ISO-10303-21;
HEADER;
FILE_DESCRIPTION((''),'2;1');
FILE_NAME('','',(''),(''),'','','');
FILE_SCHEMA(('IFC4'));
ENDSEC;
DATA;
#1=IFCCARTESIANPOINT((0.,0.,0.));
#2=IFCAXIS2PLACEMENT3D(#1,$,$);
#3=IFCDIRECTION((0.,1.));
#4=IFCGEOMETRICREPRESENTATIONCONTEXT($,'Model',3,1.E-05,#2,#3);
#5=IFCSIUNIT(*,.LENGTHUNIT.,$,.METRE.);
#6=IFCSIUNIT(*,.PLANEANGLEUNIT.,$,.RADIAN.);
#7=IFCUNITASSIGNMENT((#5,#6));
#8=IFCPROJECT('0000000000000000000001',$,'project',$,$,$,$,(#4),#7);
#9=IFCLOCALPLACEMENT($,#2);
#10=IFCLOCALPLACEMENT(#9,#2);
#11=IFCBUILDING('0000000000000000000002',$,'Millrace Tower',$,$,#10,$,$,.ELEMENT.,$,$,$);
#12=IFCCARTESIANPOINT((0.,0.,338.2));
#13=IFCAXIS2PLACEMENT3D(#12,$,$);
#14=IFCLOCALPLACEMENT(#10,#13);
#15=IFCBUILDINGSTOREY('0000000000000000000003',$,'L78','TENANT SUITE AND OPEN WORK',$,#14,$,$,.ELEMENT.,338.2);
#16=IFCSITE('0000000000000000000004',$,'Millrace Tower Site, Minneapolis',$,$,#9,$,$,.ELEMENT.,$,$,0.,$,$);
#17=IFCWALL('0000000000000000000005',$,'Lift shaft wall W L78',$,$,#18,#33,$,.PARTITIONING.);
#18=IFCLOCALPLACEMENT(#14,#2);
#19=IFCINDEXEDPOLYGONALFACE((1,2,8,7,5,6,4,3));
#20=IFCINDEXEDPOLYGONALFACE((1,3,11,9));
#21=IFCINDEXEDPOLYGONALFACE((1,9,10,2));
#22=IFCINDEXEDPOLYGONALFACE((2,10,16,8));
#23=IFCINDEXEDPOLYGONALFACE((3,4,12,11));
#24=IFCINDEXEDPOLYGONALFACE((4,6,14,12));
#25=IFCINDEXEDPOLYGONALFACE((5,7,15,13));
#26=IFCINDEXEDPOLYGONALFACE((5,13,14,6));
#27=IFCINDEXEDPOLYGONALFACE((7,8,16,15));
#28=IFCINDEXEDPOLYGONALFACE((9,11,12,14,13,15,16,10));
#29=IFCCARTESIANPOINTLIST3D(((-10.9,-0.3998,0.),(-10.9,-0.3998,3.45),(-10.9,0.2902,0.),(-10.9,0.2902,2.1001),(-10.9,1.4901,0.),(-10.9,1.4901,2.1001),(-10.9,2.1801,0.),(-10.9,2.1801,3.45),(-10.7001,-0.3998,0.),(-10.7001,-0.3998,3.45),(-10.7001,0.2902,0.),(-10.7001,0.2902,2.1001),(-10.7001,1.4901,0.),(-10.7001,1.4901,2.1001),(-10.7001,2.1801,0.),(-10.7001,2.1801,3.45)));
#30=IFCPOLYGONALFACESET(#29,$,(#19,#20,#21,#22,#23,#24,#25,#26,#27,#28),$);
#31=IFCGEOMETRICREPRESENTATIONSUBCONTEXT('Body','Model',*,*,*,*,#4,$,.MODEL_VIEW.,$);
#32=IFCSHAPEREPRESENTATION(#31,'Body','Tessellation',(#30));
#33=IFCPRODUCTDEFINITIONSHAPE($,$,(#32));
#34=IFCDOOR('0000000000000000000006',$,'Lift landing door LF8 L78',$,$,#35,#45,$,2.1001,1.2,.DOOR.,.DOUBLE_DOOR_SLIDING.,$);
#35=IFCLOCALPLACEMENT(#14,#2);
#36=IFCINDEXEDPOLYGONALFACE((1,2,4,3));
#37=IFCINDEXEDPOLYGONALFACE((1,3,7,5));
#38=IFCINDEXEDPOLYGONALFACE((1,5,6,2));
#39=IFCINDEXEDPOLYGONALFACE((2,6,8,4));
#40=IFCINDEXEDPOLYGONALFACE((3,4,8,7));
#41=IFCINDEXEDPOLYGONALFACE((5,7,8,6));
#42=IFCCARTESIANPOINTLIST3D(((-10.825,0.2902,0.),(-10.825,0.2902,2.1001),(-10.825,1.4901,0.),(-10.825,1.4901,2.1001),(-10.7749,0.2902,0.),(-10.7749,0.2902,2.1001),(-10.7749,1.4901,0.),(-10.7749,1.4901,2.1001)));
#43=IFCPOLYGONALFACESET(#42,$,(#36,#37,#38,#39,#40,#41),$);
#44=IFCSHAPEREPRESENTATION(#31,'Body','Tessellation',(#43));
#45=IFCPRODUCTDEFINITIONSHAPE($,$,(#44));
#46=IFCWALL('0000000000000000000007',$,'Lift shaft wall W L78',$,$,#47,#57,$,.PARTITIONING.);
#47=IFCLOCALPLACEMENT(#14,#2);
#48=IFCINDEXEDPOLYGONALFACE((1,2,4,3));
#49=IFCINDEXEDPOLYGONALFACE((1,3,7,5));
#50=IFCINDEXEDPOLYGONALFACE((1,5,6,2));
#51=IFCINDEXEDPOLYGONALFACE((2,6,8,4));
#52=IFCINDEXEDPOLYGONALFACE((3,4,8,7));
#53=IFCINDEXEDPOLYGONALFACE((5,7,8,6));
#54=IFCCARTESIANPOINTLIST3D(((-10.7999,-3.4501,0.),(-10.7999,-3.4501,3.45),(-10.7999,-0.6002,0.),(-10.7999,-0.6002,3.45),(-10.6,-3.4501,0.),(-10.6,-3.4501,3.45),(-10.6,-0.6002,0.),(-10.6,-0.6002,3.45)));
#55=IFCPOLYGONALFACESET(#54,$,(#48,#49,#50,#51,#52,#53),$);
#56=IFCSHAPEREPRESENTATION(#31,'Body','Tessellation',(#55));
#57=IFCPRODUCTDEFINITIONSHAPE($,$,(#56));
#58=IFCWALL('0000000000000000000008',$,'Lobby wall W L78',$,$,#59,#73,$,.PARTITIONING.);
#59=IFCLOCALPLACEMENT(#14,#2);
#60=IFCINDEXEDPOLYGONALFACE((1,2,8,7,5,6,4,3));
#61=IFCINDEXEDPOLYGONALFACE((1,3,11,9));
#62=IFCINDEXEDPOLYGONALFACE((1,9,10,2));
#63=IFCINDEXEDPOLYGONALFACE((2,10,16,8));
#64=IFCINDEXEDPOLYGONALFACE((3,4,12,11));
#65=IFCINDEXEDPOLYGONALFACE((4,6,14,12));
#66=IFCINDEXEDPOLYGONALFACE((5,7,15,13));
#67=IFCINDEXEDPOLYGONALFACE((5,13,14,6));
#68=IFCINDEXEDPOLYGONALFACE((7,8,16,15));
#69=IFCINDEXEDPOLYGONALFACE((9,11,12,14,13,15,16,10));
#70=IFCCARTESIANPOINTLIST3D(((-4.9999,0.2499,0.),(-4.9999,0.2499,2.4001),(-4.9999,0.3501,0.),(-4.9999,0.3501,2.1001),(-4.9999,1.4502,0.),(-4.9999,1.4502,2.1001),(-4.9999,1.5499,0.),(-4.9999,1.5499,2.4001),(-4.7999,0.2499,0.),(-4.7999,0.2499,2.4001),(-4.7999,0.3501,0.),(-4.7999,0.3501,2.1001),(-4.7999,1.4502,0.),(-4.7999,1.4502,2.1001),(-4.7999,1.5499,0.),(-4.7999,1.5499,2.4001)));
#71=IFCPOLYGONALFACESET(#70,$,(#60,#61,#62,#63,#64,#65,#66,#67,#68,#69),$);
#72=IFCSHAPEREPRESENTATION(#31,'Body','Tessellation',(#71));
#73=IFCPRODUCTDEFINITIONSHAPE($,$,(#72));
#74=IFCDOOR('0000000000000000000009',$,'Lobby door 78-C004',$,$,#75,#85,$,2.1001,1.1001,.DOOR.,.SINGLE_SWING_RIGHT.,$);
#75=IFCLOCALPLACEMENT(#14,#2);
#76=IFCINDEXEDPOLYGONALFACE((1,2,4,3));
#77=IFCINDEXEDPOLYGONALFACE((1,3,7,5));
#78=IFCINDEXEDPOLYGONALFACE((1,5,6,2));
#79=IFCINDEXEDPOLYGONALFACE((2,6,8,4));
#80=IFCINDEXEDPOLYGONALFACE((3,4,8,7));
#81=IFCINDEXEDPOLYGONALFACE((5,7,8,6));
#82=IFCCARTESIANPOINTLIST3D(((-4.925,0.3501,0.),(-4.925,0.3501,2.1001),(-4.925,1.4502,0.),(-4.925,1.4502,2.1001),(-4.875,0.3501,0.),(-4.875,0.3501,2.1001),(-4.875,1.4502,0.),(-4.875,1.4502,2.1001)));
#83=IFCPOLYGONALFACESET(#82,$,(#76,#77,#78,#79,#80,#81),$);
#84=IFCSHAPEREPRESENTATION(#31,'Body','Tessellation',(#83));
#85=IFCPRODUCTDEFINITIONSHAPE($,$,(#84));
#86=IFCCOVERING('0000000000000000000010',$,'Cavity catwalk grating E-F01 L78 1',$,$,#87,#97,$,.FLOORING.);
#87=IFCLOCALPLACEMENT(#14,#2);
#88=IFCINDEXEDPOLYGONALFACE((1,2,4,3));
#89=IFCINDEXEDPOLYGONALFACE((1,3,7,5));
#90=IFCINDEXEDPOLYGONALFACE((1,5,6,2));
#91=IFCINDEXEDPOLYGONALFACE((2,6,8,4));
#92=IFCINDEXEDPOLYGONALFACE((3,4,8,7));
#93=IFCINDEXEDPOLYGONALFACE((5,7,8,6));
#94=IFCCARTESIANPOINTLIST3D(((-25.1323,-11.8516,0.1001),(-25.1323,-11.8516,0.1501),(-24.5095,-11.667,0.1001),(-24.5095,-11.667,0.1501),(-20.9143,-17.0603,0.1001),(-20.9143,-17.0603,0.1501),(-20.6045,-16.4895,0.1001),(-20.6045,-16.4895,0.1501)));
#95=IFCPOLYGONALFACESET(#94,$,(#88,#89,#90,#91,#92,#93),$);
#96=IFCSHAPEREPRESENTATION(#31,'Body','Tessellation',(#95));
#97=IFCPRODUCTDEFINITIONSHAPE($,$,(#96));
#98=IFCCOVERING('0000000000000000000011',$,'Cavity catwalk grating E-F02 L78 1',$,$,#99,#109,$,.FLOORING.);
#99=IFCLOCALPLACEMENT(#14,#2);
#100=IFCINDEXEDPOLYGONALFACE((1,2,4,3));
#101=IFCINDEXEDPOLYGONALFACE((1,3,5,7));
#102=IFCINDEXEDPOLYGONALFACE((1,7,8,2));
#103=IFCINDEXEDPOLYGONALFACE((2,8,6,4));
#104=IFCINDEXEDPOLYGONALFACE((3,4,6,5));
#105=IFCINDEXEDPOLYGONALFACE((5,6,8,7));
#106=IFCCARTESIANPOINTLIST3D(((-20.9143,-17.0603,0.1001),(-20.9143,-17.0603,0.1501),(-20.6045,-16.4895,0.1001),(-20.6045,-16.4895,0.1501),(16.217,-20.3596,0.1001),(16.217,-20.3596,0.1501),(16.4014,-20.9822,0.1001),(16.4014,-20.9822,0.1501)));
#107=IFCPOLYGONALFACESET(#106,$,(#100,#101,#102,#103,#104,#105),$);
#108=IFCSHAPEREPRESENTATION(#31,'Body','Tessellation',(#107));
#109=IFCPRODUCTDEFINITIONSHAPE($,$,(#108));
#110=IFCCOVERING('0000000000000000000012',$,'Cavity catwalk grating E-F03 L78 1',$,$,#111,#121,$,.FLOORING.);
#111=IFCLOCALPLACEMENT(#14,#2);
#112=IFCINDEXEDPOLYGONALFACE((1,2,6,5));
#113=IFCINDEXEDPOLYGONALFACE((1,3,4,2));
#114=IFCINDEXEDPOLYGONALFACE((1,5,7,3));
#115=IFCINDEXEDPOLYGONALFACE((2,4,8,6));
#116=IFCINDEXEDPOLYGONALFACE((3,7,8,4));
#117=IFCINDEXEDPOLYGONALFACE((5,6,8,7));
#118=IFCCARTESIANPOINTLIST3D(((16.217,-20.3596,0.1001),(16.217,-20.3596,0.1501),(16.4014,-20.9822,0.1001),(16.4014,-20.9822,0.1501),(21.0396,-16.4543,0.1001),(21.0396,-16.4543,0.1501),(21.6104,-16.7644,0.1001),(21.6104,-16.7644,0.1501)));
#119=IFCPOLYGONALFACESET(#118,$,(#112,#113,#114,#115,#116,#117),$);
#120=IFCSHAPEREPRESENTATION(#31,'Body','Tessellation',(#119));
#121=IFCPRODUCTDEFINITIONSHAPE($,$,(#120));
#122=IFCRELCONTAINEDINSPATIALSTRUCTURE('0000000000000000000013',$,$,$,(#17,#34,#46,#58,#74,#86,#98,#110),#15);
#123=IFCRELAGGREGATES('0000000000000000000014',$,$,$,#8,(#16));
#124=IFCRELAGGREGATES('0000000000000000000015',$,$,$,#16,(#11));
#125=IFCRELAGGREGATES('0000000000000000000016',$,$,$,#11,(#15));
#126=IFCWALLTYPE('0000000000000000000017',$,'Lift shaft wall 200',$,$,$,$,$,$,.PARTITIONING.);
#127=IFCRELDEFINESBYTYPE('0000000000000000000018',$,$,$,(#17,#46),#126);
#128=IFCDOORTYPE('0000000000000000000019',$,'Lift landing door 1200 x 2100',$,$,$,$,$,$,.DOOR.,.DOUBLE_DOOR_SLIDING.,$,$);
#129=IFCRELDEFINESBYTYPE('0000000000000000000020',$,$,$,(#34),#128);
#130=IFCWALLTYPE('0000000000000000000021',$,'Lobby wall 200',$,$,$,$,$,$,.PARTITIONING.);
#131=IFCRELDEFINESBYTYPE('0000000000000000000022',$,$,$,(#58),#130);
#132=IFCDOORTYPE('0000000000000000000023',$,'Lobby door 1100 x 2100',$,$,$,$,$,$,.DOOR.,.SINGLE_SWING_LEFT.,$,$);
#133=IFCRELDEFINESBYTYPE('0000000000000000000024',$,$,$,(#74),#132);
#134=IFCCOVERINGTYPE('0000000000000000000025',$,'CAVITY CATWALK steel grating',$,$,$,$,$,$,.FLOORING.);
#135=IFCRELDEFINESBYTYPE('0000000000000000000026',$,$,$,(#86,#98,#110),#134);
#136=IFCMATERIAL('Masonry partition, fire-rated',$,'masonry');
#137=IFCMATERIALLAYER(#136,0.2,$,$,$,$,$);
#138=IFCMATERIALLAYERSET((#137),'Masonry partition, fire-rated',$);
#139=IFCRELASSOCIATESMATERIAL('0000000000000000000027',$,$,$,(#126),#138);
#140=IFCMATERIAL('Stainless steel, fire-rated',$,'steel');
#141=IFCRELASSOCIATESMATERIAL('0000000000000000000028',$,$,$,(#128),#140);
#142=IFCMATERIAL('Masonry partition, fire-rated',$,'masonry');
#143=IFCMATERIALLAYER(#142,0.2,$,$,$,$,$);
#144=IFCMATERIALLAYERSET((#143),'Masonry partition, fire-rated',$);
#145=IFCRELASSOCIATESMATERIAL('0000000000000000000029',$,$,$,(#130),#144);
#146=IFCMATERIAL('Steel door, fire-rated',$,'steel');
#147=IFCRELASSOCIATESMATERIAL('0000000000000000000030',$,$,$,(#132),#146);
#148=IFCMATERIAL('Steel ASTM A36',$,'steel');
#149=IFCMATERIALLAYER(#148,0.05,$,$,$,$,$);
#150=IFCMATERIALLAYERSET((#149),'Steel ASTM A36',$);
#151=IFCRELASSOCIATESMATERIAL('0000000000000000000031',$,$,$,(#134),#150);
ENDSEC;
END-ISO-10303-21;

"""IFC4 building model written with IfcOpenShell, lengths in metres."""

from ifc_helpers import new_model, si_unit, direction, frame, frame_2d, origin, place, context, subcontext, project, spatial, polyline, rectangle, outline, extrude, material, layer, layer_set, type_object, element, fill, save


model = new_model("IFC4")

# Units and contexts
model_context = context("Model", 3, precision=1e-05, world=origin(), true_north=direction((0.0, 1.0)))
body_context = subcontext(model_context, "Body", "Model", "MODEL_VIEW")
ifc_project = project(units=[si_unit("LENGTHUNIT", "METRE"), si_unit("PLANEANGLEUNIT", "RADIAN")], contexts=[model_context])

# Site, building, storey
site_placement = place(None, origin())
site = spatial("IfcSite", under=ifc_project, at=site_placement, Name="Millrace Tower Site, Minneapolis", CompositionType="ELEMENT", RefElevation=0.0)
building_placement = place(site_placement, origin())
building = spatial("IfcBuilding", under=site, at=building_placement, Name="Millrace Tower", CompositionType="ELEMENT")
storey_placement = place(building_placement, frame((0.0, 0.0, 338.2)))
storey = spatial("IfcBuildingStorey", under=building, at=storey_placement, Name="L78", Description="TENANT SUITE AND OPEN WORK", CompositionType="ELEMENT", Elevation=338.2)

# Wall, opening, door
ifc_material_1 = material(Name="Masonry partition, fire-rated", Category="masonry")
ifc_layer_1 = layer(ifc_material_1, 0.2)
ifc_layer_set_1 = layer_set([ifc_layer_1], Name="Masonry partition, fire-rated")
wall_type_1 = type_object("IfcWallType", Name="Lift shaft wall 200", PredefinedType="PARTITIONING", material=ifc_layer_set_1)
wall_1_placement = place(storey_placement, frame((-10.8, -0.3999, 0.0), z_axis=(0.0, 0.0, 1.0), x_axis=(0.0, 1.0, 0.0)))
wall_1 = element("IfcWall", 1, at=wall_1_placement, inside=storey, type_object=wall_type_1, Name="Lift shaft wall W L78", PredefinedType="PARTITIONING", context=body_context, shape_type="SweptSolid", body=[
    extrude(rectangle(XDim=2.5798, YDim=0.2, at=frame_2d((1.29, 0.0))), origin(), (0.0, 0.0, 1.0), 3.45),
])
opening_1_placement = place(wall_1_placement, frame((0.6899, 0.0, 0.0)))
opening_1 = element("IfcOpeningElement", 2, at=opening_1_placement, cuts=wall_1, PredefinedType="OPENING", context=body_context, shape_type="SweptSolid", body=[
    extrude(rectangle(XDim=1.2, YDim=2.1001, at=frame_2d((0.6001, 1.05))), frame((0.0, 0.1099, 0.0), z_axis=(0.0, -1.0, 0.0), x_axis=(1.0, 0.0, 0.0)), (0.0, 0.0, 1.0), 0.22),
])
ifc_material_2 = material(Name="Stainless steel, fire-rated", Category="steel")
door_type_1 = type_object("IfcDoorType", Name="Lift landing door 1200 x 2100", OperationType="DOUBLE_DOOR_SLIDING", PredefinedType="DOOR", material=ifc_material_2)
door_1_placement = place(opening_1_placement, origin())
door_1 = element("IfcDoor", 3, at=door_1_placement, inside=storey, type_object=door_type_1, Name="Lift landing door LF8 L78", OperationType="DOUBLE_DOOR_SLIDING", OverallHeight=2.1001, OverallWidth=1.2, PredefinedType="DOOR", context=body_context, shape_type="SweptSolid", body=[
    extrude(rectangle(XDim=1.2, YDim=2.1001, at=frame_2d((0.6001, 1.05))), frame((0.0, 0.0249, 0.0), z_axis=(0.0, -1.0, 0.0), x_axis=(1.0, 0.0, 0.0)), (0.0, 0.0, 1.0), 0.05),
])
fill(opening_1, door_1)

# Wall
wall_2_placement = place(storey_placement, frame((-10.7, -3.45, 0.0), z_axis=(0.0, 0.0, 1.0), x_axis=(0.0, 1.0, 0.0)))
element("IfcWall", 4, at=wall_2_placement, inside=storey, type_object=wall_type_1, Name="Lift shaft wall W L78", PredefinedType="PARTITIONING", context=body_context, shape_type="SweptSolid", body=[
    extrude(rectangle(XDim=2.8499, YDim=0.2, at=frame_2d((1.4248, 0.0))), origin(), (0.0, 0.0, 1.0), 3.45),
])

# Wall, opening, door
ifc_material_3 = material(Name="Masonry partition, fire-rated", Category="masonry")
ifc_layer_2 = layer(ifc_material_3, 0.2)
ifc_layer_set_2 = layer_set([ifc_layer_2], Name="Masonry partition, fire-rated")
wall_type_2 = type_object("IfcWallType", Name="Lobby wall 200", PredefinedType="PARTITIONING", material=ifc_layer_set_2)
wall_3_placement = place(storey_placement, frame((-4.8999, 0.25, 0.0), z_axis=(0.0, 0.0, 1.0), x_axis=(0.0, 1.0, 0.0)))
wall_3 = element("IfcWall", 5, at=wall_3_placement, inside=storey, type_object=wall_type_2, Name="Lobby wall W L78", PredefinedType="PARTITIONING", context=body_context, shape_type="SweptSolid", body=[
    extrude(rectangle(XDim=1.3, YDim=0.2, at=frame_2d((0.6499, 0.0))), origin(), (0.0, 0.0, 1.0), 2.4001),
])
opening_2_placement = place(wall_3_placement, frame((0.1001, 0.0, 0.0)))
opening_2 = element("IfcOpeningElement", 6, at=opening_2_placement, cuts=wall_3, PredefinedType="OPENING", context=body_context, shape_type="SweptSolid", body=[
    extrude(rectangle(XDim=1.1001, YDim=2.1001, at=frame_2d((0.55, 1.05))), frame((0.0, 0.1099, 0.0), z_axis=(0.0, -1.0, 0.0), x_axis=(1.0, 0.0, 0.0)), (0.0, 0.0, 1.0), 0.22),
])
ifc_material_4 = material(Name="Steel door, fire-rated", Category="steel")
door_type_2 = type_object("IfcDoorType", Name="Lobby door 1100 x 2100", OperationType="SINGLE_SWING_LEFT", PredefinedType="DOOR", material=ifc_material_4)
door_2_placement = place(opening_2_placement, frame((1.1001, 0.0, 0.0), z_axis=(0.0, 0.0, 1.0), x_axis=(-1.0, 0.0, 0.0)))
door_2 = element("IfcDoor", 7, at=door_2_placement, inside=storey, type_object=door_type_2, Name="Lobby door 78-C004", OperationType="SINGLE_SWING_RIGHT", OverallHeight=2.1001, OverallWidth=1.1001, PredefinedType="DOOR", context=body_context, shape_type="SweptSolid", body=[
    extrude(rectangle(XDim=1.1001, YDim=2.1001, at=frame_2d((0.55, 1.05))), frame((0.0, 0.0249, 0.0), z_axis=(0.0, -1.0, 0.0), x_axis=(1.0, 0.0, 0.0)), (0.0, 0.0, 1.0), 0.05),
])
fill(opening_2, door_2)

# Coverings
ifc_material_5 = material(Name="Steel ASTM A36", Category="steel")
ifc_layer_3 = layer(ifc_material_5, 0.05)
ifc_layer_set_3 = layer_set([ifc_layer_3], Name="Steel ASTM A36")
covering_type = type_object("IfcCoveringType", Name="CAVITY CATWALK steel grating", PredefinedType="FLOORING", material=ifc_layer_set_3)
placement_1 = place(storey_placement, frame((0.0, 0.0, 0.1001)))
element("IfcCovering", 8, at=placement_1, inside=storey, type_object=covering_type, Name="Cavity catwalk grating E-F01 L78 1", PredefinedType="FLOORING", context=body_context, shape_type="SweptSolid", body=[
    extrude(outline(polyline([(-25.1323, -11.8516), (-20.9143, -17.0603), (-20.6045, -16.4895), (-24.5095, -11.667), (-25.1323, -11.8516)])), origin(), (0.0, 0.0, 1.0), 0.05),
])
element("IfcCovering", 9, at=placement_1, inside=storey, type_object=covering_type, Name="Cavity catwalk grating E-F02 L78 1", PredefinedType="FLOORING", context=body_context, shape_type="SweptSolid", body=[
    extrude(outline(polyline([(-20.9143, -17.0603), (16.4014, -20.9822), (16.217, -20.3596), (-20.6045, -16.4895), (-20.9143, -17.0603)])), origin(), (0.0, 0.0, 1.0), 0.05),
])
element("IfcCovering", 10, at=placement_1, inside=storey, type_object=covering_type, Name="Cavity catwalk grating E-F03 L78 1", PredefinedType="FLOORING", context=body_context, shape_type="SweptSolid", body=[
    extrude(outline(polyline([(16.4014, -20.9822), (21.6104, -16.7644), (21.0396, -16.4543), (16.217, -20.3596), (16.4014, -20.9822)])), origin(), (0.0, 0.0, 1.0), 0.05),
])

save(model, "model.ifc")
